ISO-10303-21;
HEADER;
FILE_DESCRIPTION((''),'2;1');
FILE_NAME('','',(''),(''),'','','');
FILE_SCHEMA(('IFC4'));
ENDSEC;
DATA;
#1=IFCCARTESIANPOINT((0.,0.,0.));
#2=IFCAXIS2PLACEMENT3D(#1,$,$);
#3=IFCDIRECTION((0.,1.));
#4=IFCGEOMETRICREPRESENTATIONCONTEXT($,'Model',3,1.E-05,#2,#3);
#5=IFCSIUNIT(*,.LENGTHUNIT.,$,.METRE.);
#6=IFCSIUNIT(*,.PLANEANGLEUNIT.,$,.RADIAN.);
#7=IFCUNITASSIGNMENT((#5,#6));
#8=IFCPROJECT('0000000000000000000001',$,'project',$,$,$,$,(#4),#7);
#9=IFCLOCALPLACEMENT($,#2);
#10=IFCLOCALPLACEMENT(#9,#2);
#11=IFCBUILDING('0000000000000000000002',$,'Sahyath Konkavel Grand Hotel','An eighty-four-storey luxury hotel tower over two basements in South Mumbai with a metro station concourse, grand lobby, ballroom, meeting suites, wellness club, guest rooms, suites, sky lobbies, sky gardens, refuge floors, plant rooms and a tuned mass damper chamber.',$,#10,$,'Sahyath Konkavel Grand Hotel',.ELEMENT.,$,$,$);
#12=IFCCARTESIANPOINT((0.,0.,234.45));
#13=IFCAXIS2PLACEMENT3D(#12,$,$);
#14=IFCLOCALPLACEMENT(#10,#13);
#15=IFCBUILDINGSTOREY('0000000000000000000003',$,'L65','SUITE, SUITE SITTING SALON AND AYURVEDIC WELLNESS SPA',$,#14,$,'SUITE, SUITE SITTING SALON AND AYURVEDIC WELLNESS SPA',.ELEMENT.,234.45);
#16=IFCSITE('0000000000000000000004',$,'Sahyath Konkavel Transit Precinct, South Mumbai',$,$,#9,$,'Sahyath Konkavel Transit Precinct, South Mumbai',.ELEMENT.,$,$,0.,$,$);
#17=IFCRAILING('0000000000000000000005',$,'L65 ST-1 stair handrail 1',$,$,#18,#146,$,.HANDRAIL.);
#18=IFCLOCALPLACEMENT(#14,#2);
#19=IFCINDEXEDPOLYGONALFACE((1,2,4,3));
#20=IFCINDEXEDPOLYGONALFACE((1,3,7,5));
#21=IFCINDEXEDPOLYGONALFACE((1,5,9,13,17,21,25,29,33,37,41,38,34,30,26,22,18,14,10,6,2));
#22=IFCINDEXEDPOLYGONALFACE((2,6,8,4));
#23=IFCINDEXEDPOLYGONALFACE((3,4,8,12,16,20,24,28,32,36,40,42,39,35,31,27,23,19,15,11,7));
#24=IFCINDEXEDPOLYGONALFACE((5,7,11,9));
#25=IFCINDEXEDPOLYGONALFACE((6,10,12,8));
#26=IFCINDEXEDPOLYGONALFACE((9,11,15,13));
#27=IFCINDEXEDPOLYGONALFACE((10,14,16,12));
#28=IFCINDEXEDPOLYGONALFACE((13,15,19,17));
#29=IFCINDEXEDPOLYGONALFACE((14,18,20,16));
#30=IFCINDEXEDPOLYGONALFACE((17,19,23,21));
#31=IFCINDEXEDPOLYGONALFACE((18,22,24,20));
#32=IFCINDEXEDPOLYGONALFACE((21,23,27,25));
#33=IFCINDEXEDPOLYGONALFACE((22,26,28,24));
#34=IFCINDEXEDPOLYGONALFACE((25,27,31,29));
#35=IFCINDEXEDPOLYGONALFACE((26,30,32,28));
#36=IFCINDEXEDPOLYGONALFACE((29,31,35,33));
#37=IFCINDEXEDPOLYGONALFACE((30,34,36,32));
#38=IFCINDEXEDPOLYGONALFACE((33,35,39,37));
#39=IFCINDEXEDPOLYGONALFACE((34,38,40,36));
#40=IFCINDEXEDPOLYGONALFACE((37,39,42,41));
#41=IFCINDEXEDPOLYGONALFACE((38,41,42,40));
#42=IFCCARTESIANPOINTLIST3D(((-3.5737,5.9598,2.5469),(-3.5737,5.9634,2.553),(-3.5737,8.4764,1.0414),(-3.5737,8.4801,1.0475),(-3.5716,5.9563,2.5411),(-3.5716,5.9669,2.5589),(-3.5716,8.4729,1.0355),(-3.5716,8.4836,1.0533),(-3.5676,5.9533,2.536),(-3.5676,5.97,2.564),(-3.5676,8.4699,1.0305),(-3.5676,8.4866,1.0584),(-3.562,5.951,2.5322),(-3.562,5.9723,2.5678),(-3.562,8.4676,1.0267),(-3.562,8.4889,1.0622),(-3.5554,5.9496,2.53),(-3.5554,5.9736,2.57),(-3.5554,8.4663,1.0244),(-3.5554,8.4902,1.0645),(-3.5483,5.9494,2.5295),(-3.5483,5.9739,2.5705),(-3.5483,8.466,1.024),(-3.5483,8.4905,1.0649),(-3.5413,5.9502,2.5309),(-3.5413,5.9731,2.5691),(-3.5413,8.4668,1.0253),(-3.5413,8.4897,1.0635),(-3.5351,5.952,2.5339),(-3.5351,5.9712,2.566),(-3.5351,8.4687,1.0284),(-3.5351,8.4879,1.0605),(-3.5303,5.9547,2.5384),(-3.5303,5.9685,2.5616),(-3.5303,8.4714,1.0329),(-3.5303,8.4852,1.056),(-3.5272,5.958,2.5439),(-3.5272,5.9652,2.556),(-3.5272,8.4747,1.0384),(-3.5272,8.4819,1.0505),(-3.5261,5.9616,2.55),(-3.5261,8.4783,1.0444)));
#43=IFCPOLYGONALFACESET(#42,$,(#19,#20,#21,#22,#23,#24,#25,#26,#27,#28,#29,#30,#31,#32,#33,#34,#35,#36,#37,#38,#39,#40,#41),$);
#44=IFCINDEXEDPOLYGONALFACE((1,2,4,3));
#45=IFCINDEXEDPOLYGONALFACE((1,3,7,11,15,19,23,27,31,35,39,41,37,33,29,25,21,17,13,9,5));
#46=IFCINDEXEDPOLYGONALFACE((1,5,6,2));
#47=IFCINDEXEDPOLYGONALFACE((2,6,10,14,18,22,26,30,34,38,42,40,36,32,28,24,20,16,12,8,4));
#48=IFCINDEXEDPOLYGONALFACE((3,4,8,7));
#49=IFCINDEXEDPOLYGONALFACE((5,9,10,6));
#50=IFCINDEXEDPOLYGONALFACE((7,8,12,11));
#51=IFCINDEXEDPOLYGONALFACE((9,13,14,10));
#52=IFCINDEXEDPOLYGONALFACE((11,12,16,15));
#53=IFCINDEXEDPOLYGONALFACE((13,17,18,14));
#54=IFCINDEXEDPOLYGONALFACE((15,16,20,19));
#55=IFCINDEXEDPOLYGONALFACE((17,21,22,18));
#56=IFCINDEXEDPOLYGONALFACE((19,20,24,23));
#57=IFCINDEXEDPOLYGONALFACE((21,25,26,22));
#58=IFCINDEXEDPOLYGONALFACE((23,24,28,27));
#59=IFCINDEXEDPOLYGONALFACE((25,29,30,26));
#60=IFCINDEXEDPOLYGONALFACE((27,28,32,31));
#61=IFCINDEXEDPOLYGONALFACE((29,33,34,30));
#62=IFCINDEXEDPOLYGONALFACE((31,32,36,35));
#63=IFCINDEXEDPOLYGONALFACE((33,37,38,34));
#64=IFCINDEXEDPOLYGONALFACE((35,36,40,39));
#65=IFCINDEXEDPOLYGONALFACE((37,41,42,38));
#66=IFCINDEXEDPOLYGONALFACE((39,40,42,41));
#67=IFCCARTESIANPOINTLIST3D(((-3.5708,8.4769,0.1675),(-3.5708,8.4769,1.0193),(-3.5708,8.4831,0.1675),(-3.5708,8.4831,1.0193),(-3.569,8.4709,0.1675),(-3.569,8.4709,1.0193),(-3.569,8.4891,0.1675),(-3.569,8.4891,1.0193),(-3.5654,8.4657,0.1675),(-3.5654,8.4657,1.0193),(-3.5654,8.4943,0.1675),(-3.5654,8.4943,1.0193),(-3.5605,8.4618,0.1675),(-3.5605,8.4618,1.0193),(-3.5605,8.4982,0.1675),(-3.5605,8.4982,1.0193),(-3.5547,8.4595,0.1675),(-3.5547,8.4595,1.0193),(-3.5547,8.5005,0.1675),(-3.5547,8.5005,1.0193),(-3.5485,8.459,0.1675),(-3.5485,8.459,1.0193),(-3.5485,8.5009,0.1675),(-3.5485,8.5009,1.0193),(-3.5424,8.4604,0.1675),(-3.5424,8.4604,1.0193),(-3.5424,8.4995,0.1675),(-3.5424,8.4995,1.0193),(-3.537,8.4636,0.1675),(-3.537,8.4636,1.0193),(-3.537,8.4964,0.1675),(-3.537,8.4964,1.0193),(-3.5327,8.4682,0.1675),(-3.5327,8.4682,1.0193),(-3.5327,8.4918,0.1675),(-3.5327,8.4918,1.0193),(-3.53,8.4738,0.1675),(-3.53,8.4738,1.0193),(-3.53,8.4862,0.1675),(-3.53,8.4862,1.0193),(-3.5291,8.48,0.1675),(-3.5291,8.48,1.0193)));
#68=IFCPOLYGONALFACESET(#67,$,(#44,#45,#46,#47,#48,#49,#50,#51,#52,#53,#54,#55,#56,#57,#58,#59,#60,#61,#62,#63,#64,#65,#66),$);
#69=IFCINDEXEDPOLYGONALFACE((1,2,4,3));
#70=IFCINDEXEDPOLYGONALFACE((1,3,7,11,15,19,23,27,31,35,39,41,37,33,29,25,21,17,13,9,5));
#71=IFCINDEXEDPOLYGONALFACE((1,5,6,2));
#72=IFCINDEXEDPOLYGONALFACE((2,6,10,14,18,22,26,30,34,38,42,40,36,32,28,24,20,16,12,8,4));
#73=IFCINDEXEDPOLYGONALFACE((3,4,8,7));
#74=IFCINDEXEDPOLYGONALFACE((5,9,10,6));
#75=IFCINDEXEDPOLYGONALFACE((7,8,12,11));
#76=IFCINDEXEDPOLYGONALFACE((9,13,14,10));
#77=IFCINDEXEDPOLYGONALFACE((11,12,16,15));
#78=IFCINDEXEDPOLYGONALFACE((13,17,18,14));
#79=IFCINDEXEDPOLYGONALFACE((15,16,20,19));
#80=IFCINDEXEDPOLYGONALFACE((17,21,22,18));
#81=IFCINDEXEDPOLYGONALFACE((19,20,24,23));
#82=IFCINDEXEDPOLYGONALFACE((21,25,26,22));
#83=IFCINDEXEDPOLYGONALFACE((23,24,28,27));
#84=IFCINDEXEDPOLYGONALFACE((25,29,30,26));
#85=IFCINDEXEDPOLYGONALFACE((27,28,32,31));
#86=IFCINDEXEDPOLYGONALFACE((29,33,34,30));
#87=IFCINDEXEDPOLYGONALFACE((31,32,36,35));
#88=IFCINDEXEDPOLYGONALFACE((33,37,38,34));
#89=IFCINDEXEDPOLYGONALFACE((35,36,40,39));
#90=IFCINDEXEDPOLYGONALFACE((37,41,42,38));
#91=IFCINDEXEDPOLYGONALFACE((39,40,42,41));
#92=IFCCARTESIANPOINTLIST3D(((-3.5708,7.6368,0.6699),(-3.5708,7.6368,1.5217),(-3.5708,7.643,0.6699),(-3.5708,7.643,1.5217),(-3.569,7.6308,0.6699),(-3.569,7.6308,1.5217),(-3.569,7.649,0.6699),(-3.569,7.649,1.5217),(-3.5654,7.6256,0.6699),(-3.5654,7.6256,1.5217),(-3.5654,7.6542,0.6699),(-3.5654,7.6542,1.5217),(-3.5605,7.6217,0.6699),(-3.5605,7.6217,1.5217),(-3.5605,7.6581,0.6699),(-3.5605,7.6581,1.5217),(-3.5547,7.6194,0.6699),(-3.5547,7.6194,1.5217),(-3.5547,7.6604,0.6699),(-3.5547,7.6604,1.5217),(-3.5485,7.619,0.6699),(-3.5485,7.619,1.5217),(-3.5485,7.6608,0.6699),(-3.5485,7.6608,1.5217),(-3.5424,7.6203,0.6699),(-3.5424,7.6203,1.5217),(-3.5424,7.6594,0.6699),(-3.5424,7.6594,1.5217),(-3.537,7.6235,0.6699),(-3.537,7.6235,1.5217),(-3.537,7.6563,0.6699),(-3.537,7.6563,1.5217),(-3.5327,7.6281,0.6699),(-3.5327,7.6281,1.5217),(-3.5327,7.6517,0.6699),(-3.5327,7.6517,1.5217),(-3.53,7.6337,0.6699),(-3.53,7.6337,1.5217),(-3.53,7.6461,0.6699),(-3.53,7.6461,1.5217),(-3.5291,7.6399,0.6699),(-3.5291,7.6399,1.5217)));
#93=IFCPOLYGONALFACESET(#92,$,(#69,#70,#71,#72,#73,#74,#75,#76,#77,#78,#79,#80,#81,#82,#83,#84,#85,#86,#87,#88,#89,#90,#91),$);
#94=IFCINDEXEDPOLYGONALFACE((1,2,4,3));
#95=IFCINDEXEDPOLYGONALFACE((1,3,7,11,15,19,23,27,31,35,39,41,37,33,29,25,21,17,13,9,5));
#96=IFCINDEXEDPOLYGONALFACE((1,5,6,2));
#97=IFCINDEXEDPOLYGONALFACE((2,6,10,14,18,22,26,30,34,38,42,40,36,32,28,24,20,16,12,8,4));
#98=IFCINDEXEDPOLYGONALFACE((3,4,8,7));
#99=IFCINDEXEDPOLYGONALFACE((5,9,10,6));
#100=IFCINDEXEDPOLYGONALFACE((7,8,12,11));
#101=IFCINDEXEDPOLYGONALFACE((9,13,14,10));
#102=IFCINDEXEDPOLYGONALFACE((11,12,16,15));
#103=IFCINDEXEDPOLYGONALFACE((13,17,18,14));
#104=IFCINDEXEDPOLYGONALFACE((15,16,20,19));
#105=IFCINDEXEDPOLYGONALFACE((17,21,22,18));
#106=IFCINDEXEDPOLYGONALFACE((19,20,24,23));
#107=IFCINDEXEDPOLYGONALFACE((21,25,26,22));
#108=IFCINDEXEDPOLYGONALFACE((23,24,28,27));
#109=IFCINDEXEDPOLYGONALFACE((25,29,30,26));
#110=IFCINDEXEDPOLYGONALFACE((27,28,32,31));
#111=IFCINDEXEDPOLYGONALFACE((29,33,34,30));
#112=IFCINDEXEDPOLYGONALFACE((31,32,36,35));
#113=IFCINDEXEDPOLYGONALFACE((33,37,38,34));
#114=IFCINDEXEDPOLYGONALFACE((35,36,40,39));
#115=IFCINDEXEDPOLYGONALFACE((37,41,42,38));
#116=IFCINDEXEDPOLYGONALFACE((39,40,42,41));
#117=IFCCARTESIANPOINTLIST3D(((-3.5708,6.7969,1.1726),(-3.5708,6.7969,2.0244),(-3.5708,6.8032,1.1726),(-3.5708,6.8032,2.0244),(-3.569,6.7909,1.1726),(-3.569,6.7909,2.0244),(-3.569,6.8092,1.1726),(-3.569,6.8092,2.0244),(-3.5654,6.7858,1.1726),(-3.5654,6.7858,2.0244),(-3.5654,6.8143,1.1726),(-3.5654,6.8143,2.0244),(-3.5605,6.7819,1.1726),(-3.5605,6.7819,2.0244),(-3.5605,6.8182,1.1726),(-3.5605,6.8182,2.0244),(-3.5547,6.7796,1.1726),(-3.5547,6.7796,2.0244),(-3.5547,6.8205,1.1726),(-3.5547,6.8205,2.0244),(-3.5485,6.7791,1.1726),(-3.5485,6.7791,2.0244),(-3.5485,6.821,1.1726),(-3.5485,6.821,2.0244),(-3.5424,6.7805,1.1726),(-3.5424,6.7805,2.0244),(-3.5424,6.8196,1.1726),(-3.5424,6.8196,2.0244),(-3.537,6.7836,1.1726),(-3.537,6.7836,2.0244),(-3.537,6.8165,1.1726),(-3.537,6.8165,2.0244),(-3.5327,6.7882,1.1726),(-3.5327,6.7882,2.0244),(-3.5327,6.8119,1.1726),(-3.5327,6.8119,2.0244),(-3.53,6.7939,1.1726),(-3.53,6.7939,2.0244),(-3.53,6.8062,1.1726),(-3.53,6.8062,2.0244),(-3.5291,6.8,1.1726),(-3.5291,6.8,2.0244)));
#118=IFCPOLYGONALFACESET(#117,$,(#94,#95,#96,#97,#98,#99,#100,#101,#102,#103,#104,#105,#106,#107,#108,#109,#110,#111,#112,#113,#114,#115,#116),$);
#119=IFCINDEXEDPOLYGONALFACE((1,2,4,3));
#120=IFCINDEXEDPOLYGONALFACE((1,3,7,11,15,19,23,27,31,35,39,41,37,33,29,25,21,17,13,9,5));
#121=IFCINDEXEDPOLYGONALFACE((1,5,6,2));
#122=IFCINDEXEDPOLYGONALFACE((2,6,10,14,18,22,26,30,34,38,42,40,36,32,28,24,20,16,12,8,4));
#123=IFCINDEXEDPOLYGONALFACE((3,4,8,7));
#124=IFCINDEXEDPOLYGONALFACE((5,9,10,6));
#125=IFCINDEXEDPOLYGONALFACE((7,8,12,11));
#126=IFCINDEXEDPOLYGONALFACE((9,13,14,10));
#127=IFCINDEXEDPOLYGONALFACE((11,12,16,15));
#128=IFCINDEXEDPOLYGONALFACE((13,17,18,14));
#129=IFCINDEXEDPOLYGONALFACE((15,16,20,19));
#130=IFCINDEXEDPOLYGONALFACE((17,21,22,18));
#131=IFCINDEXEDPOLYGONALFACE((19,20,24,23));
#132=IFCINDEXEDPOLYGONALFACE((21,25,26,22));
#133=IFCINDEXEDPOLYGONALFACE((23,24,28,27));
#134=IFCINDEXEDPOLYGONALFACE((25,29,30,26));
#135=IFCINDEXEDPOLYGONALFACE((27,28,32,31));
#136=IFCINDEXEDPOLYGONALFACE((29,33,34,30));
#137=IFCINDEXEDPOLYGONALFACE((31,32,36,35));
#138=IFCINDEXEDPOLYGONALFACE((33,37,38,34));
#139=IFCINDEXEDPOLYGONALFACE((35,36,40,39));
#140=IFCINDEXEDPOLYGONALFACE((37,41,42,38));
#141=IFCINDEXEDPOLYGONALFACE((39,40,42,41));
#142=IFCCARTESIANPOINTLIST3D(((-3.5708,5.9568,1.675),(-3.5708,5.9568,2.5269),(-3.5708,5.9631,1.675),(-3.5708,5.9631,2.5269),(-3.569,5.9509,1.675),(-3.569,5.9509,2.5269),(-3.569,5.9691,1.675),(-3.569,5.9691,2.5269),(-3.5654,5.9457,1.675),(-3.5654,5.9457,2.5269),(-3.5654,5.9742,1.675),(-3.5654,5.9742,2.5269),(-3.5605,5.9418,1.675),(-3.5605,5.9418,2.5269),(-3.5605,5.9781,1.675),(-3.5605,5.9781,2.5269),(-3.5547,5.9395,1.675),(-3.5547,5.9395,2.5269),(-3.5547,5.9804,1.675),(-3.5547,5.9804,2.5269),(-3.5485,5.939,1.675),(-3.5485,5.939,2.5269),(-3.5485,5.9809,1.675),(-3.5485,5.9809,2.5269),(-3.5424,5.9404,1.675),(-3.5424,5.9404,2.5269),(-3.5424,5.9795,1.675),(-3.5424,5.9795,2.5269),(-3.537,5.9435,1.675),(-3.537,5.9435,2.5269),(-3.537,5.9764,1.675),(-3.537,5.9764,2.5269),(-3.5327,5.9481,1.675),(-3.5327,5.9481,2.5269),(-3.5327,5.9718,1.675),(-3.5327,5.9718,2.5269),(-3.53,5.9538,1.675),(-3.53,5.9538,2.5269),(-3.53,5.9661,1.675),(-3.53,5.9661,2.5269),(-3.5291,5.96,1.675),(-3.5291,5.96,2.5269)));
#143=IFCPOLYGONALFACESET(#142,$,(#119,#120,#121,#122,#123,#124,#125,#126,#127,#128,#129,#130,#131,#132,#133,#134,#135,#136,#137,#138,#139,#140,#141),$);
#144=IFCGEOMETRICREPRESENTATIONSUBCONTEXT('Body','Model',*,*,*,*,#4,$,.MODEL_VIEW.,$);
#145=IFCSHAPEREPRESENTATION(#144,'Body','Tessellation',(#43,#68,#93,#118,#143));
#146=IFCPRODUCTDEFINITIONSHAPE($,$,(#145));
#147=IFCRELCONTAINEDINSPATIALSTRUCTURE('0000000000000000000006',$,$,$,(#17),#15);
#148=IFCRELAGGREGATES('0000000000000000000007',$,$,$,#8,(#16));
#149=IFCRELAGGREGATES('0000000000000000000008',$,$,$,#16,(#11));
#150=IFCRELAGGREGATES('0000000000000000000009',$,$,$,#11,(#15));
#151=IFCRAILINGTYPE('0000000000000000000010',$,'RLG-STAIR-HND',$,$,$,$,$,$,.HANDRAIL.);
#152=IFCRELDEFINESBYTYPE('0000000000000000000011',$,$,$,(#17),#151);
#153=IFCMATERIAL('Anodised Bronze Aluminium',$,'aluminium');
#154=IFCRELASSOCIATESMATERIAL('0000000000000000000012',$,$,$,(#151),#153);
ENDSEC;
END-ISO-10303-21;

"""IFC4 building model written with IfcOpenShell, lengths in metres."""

from ifc_helpers import new_model, si_unit, direction, frame, origin, origin_2d, place, context, subcontext, project, spatial, circle, extrude, material, type_object, element, save


model = new_model("IFC4")

# Units and contexts
model_context = context("Model", 3, precision=1e-05, world=origin(), true_north=direction((0.0, 1.0)))
body_context = subcontext(model_context, "Body", "Model", "MODEL_VIEW")
ifc_project = project(units=[si_unit("LENGTHUNIT", "METRE"), si_unit("PLANEANGLEUNIT", "RADIAN")], contexts=[model_context])

# Site, building, storey
site_placement = place(None, origin())
site = spatial("IfcSite", under=ifc_project, at=site_placement, Name="Sahyath Konkavel Transit Precinct, South Mumbai", LongName="Sahyath Konkavel Transit Precinct, South Mumbai", CompositionType="ELEMENT", RefElevation=0.0)
building_placement = place(site_placement, origin())
building = spatial("IfcBuilding", under=site, at=building_placement, Name="Sahyath Konkavel Grand Hotel", Description="An eighty-four-storey luxury hotel tower over two basements in South Mumbai with a metro station concourse, grand lobby, ballroom, meeting suites, wellness club, guest rooms, suites, sky lobbies, sky gardens, refuge floors, plant rooms and a tuned mass damper chamber.", LongName="Sahyath Konkavel Grand Hotel", CompositionType="ELEMENT")
storey_placement = place(building_placement, frame((0.0, 0.0, 234.45)))
storey = spatial("IfcBuildingStorey", under=building, at=storey_placement, Name="L65", Description="SUITE, SUITE SITTING SALON AND AYURVEDIC WELLNESS SPA", LongName="SUITE, SUITE SITTING SALON AND AYURVEDIC WELLNESS SPA", CompositionType="ELEMENT", Elevation=234.45)

# Shared definitions
ifc_material_1 = material(Name="Anodised Bronze Aluminium", Category="aluminium")

# Railing
railing_type_1 = type_object("IfcRailingType", Name="RLG-STAIR-HND", PredefinedType="HANDRAIL", material=ifc_material_1)
railing_1_placement = place(storey_placement, frame((-3.55, 8.48, 0.1675)))
element("IfcRailing", 1, at=railing_1_placement, inside=storey, type_object=railing_type_1, Name="L65 ST-1 stair handrail 1", PredefinedType="HANDRAIL", context=body_context, shape_type="SweptSolid", body=[
    extrude(circle(Radius=0.0239, at=origin_2d()), frame((0.0, -0.0017, 0.877), z_axis=(0.0, -0.85816, 0.513383), x_axis=(1.0, 0.0, 0.0)), (0.0, 0.0, 1.0), 2.9326),
    extrude(circle(Radius=0.021, at=origin_2d()), origin(), (0.0, 0.0, 1.0), 0.8518),
    extrude(circle(Radius=0.021, at=origin_2d()), frame((0.0, -0.8401, 0.5024)), (0.0, 0.0, 1.0), 0.8518),
    extrude(circle(Radius=0.021, at=origin_2d()), frame((0.0, -1.6799, 1.0051)), (0.0, 0.0, 1.0), 0.8518),
    extrude(circle(Radius=0.021, at=origin_2d()), frame((0.0, -2.52, 1.5076)), (0.0, 0.0, 1.0), 0.8518),
])

save(model, "model.ifc")
